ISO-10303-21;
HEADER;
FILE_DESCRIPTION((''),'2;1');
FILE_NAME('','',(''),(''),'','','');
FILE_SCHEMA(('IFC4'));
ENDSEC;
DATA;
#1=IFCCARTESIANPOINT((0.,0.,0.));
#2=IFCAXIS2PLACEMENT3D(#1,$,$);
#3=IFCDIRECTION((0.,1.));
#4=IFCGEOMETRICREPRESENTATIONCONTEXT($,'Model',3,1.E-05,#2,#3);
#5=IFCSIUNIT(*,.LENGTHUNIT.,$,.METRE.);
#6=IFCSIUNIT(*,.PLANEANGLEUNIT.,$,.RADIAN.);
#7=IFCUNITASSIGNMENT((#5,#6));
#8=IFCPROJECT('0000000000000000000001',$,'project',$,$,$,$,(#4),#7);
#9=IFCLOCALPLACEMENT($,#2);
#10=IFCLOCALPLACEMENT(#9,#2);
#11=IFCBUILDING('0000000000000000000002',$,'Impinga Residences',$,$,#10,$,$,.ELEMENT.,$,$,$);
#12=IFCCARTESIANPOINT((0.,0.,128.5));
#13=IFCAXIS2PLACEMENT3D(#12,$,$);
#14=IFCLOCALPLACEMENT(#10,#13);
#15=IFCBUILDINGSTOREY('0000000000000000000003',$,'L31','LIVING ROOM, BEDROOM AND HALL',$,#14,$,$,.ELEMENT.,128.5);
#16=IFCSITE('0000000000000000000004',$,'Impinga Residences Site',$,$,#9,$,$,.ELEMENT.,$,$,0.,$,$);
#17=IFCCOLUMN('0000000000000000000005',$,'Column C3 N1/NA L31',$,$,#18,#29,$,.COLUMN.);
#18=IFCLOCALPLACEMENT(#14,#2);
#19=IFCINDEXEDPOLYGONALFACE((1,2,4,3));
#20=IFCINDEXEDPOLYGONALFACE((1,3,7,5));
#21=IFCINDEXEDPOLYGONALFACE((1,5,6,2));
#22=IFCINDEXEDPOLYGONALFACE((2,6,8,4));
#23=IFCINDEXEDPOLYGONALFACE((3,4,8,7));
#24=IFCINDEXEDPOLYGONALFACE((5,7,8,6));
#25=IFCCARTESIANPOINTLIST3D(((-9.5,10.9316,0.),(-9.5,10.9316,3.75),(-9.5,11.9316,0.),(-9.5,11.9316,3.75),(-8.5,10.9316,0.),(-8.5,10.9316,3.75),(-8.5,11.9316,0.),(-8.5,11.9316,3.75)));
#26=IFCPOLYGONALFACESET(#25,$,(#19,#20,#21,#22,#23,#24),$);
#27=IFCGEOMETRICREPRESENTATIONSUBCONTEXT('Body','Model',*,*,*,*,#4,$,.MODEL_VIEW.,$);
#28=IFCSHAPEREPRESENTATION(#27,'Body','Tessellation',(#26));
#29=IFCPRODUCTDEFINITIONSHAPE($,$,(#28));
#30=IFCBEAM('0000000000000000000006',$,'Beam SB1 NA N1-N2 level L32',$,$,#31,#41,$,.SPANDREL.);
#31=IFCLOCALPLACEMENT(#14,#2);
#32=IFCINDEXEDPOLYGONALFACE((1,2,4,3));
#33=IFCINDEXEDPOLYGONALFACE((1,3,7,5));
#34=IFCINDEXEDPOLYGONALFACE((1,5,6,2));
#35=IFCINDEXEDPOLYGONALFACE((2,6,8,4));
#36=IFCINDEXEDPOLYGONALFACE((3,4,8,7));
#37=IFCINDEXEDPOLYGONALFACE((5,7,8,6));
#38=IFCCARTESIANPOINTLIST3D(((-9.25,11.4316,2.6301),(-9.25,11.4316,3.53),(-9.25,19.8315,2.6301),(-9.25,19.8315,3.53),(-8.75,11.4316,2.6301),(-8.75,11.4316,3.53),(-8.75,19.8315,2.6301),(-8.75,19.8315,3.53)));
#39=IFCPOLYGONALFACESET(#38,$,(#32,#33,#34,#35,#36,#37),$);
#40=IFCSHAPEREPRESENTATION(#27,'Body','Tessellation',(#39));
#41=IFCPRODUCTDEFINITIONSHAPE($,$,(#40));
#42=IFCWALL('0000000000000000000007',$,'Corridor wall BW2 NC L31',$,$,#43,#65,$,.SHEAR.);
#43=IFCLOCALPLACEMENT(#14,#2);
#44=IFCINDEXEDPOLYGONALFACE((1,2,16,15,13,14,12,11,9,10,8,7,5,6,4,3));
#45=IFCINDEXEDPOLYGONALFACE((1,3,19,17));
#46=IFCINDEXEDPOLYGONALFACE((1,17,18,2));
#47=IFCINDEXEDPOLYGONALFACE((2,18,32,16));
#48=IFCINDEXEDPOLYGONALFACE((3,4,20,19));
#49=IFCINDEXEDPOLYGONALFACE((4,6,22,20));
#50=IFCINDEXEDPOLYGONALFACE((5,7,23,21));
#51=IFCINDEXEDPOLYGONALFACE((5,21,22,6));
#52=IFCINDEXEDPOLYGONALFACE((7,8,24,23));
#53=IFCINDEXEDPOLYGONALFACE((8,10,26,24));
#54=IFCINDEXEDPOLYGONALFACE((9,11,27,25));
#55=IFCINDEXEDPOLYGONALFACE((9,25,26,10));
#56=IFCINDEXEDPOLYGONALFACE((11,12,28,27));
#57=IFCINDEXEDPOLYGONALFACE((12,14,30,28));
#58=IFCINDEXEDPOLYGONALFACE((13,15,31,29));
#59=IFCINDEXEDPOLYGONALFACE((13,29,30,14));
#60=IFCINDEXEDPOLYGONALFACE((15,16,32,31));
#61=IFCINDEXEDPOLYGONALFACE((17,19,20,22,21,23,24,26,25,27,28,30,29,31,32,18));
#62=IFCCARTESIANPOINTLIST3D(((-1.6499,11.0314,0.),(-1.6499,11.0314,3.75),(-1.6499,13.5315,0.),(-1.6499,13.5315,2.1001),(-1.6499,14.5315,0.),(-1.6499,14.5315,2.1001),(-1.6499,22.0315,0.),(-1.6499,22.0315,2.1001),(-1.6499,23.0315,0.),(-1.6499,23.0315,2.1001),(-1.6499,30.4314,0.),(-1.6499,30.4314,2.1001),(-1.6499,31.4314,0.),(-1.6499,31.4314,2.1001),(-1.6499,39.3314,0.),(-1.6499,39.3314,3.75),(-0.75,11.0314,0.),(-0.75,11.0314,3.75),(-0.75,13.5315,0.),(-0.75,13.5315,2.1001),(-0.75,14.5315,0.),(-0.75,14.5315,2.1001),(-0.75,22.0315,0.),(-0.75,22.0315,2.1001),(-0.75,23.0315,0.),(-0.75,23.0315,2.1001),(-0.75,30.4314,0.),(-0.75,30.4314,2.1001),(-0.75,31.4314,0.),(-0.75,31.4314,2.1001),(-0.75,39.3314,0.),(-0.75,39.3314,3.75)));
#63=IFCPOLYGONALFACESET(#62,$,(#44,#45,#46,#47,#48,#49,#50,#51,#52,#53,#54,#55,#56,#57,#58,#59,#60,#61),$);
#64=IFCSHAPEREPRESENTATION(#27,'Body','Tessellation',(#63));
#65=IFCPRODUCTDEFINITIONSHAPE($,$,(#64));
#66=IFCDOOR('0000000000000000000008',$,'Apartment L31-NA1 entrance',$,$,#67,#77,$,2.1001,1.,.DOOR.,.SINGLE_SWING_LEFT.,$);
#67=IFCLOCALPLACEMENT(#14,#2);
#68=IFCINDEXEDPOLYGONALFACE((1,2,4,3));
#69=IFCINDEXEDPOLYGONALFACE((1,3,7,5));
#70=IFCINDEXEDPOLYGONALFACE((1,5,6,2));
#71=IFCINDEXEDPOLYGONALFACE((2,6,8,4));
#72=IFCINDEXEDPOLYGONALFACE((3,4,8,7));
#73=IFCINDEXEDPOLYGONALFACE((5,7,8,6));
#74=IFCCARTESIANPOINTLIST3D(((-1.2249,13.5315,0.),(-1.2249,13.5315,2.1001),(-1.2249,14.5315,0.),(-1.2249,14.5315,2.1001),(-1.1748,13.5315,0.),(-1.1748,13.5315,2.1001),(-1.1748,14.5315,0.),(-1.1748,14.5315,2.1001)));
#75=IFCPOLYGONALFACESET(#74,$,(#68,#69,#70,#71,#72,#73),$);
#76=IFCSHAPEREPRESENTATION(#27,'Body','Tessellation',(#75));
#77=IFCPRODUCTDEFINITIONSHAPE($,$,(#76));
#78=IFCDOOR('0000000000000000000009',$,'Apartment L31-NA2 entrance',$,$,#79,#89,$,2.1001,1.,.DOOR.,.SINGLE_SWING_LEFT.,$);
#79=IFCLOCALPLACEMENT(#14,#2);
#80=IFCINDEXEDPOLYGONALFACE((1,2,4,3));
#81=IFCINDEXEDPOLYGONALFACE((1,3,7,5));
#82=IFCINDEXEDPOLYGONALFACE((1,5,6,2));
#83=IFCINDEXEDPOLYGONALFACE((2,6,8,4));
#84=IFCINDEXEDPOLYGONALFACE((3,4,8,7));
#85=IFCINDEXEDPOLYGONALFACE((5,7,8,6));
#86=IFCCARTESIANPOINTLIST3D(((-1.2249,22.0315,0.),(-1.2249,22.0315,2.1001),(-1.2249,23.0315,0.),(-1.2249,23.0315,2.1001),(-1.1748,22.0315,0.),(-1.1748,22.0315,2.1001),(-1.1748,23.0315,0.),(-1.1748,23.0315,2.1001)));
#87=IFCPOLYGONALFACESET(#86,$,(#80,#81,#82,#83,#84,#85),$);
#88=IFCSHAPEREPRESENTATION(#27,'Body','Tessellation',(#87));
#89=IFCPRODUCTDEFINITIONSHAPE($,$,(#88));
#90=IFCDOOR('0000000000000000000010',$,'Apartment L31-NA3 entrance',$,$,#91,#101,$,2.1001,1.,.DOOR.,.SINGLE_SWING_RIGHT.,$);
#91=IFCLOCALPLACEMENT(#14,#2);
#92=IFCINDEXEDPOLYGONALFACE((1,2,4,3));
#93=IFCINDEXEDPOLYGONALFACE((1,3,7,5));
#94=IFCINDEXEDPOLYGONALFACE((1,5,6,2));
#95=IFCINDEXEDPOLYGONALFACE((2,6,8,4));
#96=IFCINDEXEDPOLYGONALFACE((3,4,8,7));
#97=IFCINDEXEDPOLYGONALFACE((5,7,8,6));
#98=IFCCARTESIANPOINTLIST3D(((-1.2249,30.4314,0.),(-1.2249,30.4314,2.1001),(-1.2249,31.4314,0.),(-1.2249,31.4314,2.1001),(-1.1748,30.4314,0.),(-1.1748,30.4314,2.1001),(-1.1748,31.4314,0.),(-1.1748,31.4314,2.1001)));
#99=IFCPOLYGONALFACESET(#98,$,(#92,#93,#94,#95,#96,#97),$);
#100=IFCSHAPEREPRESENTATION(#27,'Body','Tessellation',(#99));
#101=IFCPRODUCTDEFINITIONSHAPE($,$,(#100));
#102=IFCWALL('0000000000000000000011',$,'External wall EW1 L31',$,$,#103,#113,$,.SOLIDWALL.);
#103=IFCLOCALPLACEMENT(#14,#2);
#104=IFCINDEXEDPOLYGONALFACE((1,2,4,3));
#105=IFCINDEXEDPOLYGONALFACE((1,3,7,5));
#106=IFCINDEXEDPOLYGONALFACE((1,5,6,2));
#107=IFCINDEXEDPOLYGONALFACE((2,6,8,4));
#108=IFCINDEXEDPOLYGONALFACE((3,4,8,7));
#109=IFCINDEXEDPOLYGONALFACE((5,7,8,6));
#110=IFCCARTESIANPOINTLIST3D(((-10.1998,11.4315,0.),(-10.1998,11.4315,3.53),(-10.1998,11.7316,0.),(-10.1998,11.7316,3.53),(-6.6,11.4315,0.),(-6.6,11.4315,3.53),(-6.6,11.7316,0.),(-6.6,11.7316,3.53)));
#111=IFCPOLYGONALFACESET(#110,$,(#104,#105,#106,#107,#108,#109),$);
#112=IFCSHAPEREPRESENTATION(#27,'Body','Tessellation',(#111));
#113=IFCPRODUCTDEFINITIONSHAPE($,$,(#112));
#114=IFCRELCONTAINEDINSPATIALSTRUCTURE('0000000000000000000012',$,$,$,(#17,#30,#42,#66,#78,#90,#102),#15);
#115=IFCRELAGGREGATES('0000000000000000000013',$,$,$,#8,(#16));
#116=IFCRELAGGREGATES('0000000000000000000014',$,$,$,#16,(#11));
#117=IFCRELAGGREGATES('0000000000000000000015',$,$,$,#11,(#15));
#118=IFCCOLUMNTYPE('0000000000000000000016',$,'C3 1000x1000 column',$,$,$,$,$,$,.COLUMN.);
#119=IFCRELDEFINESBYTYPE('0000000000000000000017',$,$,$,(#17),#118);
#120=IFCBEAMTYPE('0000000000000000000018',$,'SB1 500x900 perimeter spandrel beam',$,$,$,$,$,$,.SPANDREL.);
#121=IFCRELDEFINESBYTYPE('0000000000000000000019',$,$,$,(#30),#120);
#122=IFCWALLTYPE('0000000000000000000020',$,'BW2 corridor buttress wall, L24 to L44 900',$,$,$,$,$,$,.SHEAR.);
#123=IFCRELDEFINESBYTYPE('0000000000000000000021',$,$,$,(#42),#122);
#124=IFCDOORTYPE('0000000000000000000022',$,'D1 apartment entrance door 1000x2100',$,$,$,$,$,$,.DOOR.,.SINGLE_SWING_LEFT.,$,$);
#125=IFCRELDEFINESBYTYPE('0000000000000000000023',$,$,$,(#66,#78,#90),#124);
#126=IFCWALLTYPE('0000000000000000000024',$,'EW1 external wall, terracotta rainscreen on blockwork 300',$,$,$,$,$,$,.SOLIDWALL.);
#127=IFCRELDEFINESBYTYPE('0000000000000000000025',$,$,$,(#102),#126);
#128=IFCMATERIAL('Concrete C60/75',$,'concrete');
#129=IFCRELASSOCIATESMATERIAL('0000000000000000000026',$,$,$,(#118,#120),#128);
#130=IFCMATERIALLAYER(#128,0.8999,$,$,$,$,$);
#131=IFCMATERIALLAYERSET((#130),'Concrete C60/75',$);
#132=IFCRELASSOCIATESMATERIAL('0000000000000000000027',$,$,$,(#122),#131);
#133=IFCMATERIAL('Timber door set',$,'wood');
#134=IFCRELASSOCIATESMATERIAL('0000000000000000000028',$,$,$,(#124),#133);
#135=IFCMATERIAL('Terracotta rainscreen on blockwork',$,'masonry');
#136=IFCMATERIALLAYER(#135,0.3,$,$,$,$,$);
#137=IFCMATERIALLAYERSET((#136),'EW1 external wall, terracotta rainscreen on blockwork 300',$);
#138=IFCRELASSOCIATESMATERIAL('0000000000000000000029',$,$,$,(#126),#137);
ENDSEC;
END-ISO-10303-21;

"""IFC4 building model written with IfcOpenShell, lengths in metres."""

from ifc_helpers import new_model, si_unit, direction, frame, frame_2d, origin, origin_2d, place, context, subcontext, project, spatial, rectangle, extrude, material, layer, layer_set, material_profile, profile_set, type_object, element, fill, save


model = new_model("IFC4")

# Units and contexts
model_context = context("Model", 3, precision=1e-05, world=origin(), true_north=direction((0.0, 1.0)))
body_context = subcontext(model_context, "Body", "Model", "MODEL_VIEW")
ifc_project = project(units=[si_unit("LENGTHUNIT", "METRE"), si_unit("PLANEANGLEUNIT", "RADIAN")], contexts=[model_context])

# Site, building, storey
site_placement = place(None, origin())
site = spatial("IfcSite", under=ifc_project, at=site_placement, Name="Impinga Residences Site", CompositionType="ELEMENT", RefElevation=0.0)
building_placement = place(site_placement, origin())
building = spatial("IfcBuilding", under=site, at=building_placement, Name="Impinga Residences", CompositionType="ELEMENT")
storey_placement = place(building_placement, frame((0.0, 0.0, 128.5)))
storey = spatial("IfcBuildingStorey", under=building, at=storey_placement, Name="L31", Description="LIVING ROOM, BEDROOM AND HALL", CompositionType="ELEMENT", Elevation=128.5)

# Column
ifc_material_1 = material(Name="Concrete C60/75", Category="concrete")
ifc_material_profile_1 = material_profile(ifc_material_1, rectangle(XDim=1.0, YDim=1.0, at=origin_2d()), Name="RC 1000x1000")
ifc_profile_set_1 = profile_set([ifc_material_profile_1], Name="Concrete C60/75")
column_type = type_object("IfcColumnType", Name="C3 1000x1000 column", PredefinedType="COLUMN", material=ifc_profile_set_1)
column_placement = place(storey_placement, frame((-9.0, 11.4316, 0.0), z_axis=(0.0, 0.0, 1.0), x_axis=(1.0, 0.0, 0.0)))
element("IfcColumn", 1, at=column_placement, inside=storey, type_object=column_type, Name="Column C3 N1/NA L31", PredefinedType="COLUMN", context=body_context, shape_type="SweptSolid", body=[
    extrude(rectangle(XDim=1.0, YDim=1.0, at=origin_2d()), origin(), (0.0, 0.0, 1.0), 3.75),
])

# Beam
ifc_material_profile_2 = material_profile(ifc_material_1, rectangle(XDim=0.5, YDim=0.8999, at=origin_2d()), Name="RC 500x900")
ifc_profile_set_2 = profile_set([ifc_material_profile_2], Name="Concrete C60/75")
beam_type = type_object("IfcBeamType", Name="SB1 500x900 perimeter spandrel beam", PredefinedType="SPANDREL", material=ifc_profile_set_2)
beam_placement = place(storey_placement, frame((-9.0, 11.4316, 3.0801), z_axis=(0.0, 1.0, 0.0), x_axis=(-1.0, 0.0, 0.0)))
element("IfcBeam", 2, at=beam_placement, inside=storey, type_object=beam_type, Name="Beam SB1 NA N1-N2 level L32", PredefinedType="SPANDREL", context=body_context, shape_type="SweptSolid", body=[
    extrude(rectangle(XDim=0.5, YDim=0.8999, at=origin_2d()), origin(), (0.0, 0.0, 1.0), 8.3999),
])

# Wall, openings, doors
ifc_layer_1 = layer(ifc_material_1, 0.8999)
ifc_layer_set_1 = layer_set([ifc_layer_1], Name="Concrete C60/75")
wall_type_1 = type_object("IfcWallType", Name="BW2 corridor buttress wall, L24 to L44 900", PredefinedType="SHEAR", material=ifc_layer_set_1)
wall_1_placement = place(storey_placement, frame((-1.2, 11.0315, 0.0), z_axis=(0.0, 0.0, 1.0), x_axis=(0.0, 1.0, 0.0)))
wall_1 = element("IfcWall", 3, at=wall_1_placement, inside=storey, type_object=wall_type_1, Name="Corridor wall BW2 NC L31", PredefinedType="SHEAR", context=body_context, shape_type="SweptSolid", body=[
    extrude(rectangle(XDim=28.3, YDim=0.8999, at=frame_2d((14.1499, 0.0))), origin(), (0.0, 0.0, 1.0), 3.75),
])
opening_1_placement = place(wall_1_placement, frame((2.5, 0.0, 0.0)))
opening_1 = element("IfcOpeningElement", 4, at=opening_1_placement, cuts=wall_1, PredefinedType="OPENING", context=body_context, shape_type="SweptSolid", body=[
    extrude(rectangle(XDim=1.0, YDim=2.1001, at=frame_2d((0.5, 1.05))), frame((0.0, 0.46, 0.0), z_axis=(0.0, -1.0, 0.0), x_axis=(1.0, 0.0, 0.0)), (0.0, 0.0, 1.0), 0.9199),
])
opening_2_placement = place(wall_1_placement, frame((11.0, 0.0, 0.0)))
opening_2 = element("IfcOpeningElement", 5, at=opening_2_placement, cuts=wall_1, PredefinedType="OPENING", context=body_context, shape_type="SweptSolid", body=[
    extrude(rectangle(XDim=1.0, YDim=2.1001, at=frame_2d((0.5, 1.05))), frame((0.0, 0.46, 0.0), z_axis=(0.0, -1.0, 0.0), x_axis=(1.0, 0.0, 0.0)), (0.0, 0.0, 1.0), 0.9199),
])
opening_3_placement = place(wall_1_placement, frame((19.3999, 0.0, 0.0)))
opening_3 = element("IfcOpeningElement", 6, at=opening_3_placement, cuts=wall_1, PredefinedType="OPENING", context=body_context, shape_type="SweptSolid", body=[
    extrude(rectangle(XDim=1.0, YDim=2.1001, at=frame_2d((0.5, 1.05))), frame((0.0, 0.46, 0.0), z_axis=(0.0, -1.0, 0.0), x_axis=(1.0, 0.0, 0.0)), (0.0, 0.0, 1.0), 0.9199),
])
ifc_material_2 = material(Name="Timber door set", Category="wood")
door_type_1 = type_object("IfcDoorType", Name="D1 apartment entrance door 1000x2100", OperationType="SINGLE_SWING_LEFT", PredefinedType="DOOR", material=ifc_material_2)
door_1_placement = place(opening_1_placement, origin())
door_1 = element("IfcDoor", 7, at=door_1_placement, inside=storey, type_object=door_type_1, Name="Apartment L31-NA1 entrance", OperationType="SINGLE_SWING_LEFT", OverallHeight=2.1001, OverallWidth=1.0, PredefinedType="DOOR", context=body_context, shape_type="SweptSolid", body=[
    extrude(rectangle(XDim=1.0, YDim=2.1001, at=frame_2d((0.5, 1.05))), frame((0.0, 0.0249, 0.0), z_axis=(0.0, -1.0, 0.0), x_axis=(1.0, 0.0, 0.0)), (0.0, 0.0, 1.0), 0.05),
])
fill(opening_1, door_1)
door_2_placement = place(opening_2_placement, origin())
door_2 = element("IfcDoor", 8, at=door_2_placement, inside=storey, type_object=door_type_1, Name="Apartment L31-NA2 entrance", OperationType="SINGLE_SWING_LEFT", OverallHeight=2.1001, OverallWidth=1.0, PredefinedType="DOOR", context=body_context, shape_type="SweptSolid", body=[
    extrude(rectangle(XDim=1.0, YDim=2.1001, at=frame_2d((0.5, 1.05))), frame((0.0, 0.0249, 0.0), z_axis=(0.0, -1.0, 0.0), x_axis=(1.0, 0.0, 0.0)), (0.0, 0.0, 1.0), 0.05),
])
fill(opening_2, door_2)
door_3_placement = place(opening_3_placement, origin())
door_3 = element("IfcDoor", 9, at=door_3_placement, inside=storey, type_object=door_type_1, Name="Apartment L31-NA3 entrance", OperationType="SINGLE_SWING_RIGHT", OverallHeight=2.1001, OverallWidth=1.0, PredefinedType="DOOR", context=body_context, shape_type="SweptSolid", body=[
    extrude(rectangle(XDim=1.0, YDim=2.1001, at=frame_2d((0.5, 1.05))), frame((0.0, 0.0249, 0.0), z_axis=(0.0, -1.0, 0.0), x_axis=(1.0, 0.0, 0.0)), (0.0, 0.0, 1.0), 0.05),
])
fill(opening_3, door_3)

# Wall
ifc_material_3 = material(Name="Terracotta rainscreen on blockwork", Category="masonry")
ifc_layer_2 = layer(ifc_material_3, 0.3)
ifc_layer_set_2 = layer_set([ifc_layer_2], Name="EW1 external wall, terracotta rainscreen on blockwork 300")
wall_type_2 = type_object("IfcWallType", Name="EW1 external wall, terracotta rainscreen on blockwork 300", PredefinedType="SOLIDWALL", material=ifc_layer_set_2)
wall_2_placement = place(storey_placement, frame((-6.6001, 11.5815, 0.0), z_axis=(0.0, 0.0, 1.0), x_axis=(-1.0, 0.0, 0.0)))
element("IfcWall", 10, at=wall_2_placement, inside=storey, type_object=wall_type_2, Name="External wall EW1 L31", PredefinedType="SOLIDWALL", context=body_context, shape_type="SweptSolid", body=[
    extrude(rectangle(XDim=3.5999, YDim=0.3, at=frame_2d((1.7998, 0.0))), origin(), (0.0, 0.0, 1.0), 3.53),
])

save(model, "model.ifc")
